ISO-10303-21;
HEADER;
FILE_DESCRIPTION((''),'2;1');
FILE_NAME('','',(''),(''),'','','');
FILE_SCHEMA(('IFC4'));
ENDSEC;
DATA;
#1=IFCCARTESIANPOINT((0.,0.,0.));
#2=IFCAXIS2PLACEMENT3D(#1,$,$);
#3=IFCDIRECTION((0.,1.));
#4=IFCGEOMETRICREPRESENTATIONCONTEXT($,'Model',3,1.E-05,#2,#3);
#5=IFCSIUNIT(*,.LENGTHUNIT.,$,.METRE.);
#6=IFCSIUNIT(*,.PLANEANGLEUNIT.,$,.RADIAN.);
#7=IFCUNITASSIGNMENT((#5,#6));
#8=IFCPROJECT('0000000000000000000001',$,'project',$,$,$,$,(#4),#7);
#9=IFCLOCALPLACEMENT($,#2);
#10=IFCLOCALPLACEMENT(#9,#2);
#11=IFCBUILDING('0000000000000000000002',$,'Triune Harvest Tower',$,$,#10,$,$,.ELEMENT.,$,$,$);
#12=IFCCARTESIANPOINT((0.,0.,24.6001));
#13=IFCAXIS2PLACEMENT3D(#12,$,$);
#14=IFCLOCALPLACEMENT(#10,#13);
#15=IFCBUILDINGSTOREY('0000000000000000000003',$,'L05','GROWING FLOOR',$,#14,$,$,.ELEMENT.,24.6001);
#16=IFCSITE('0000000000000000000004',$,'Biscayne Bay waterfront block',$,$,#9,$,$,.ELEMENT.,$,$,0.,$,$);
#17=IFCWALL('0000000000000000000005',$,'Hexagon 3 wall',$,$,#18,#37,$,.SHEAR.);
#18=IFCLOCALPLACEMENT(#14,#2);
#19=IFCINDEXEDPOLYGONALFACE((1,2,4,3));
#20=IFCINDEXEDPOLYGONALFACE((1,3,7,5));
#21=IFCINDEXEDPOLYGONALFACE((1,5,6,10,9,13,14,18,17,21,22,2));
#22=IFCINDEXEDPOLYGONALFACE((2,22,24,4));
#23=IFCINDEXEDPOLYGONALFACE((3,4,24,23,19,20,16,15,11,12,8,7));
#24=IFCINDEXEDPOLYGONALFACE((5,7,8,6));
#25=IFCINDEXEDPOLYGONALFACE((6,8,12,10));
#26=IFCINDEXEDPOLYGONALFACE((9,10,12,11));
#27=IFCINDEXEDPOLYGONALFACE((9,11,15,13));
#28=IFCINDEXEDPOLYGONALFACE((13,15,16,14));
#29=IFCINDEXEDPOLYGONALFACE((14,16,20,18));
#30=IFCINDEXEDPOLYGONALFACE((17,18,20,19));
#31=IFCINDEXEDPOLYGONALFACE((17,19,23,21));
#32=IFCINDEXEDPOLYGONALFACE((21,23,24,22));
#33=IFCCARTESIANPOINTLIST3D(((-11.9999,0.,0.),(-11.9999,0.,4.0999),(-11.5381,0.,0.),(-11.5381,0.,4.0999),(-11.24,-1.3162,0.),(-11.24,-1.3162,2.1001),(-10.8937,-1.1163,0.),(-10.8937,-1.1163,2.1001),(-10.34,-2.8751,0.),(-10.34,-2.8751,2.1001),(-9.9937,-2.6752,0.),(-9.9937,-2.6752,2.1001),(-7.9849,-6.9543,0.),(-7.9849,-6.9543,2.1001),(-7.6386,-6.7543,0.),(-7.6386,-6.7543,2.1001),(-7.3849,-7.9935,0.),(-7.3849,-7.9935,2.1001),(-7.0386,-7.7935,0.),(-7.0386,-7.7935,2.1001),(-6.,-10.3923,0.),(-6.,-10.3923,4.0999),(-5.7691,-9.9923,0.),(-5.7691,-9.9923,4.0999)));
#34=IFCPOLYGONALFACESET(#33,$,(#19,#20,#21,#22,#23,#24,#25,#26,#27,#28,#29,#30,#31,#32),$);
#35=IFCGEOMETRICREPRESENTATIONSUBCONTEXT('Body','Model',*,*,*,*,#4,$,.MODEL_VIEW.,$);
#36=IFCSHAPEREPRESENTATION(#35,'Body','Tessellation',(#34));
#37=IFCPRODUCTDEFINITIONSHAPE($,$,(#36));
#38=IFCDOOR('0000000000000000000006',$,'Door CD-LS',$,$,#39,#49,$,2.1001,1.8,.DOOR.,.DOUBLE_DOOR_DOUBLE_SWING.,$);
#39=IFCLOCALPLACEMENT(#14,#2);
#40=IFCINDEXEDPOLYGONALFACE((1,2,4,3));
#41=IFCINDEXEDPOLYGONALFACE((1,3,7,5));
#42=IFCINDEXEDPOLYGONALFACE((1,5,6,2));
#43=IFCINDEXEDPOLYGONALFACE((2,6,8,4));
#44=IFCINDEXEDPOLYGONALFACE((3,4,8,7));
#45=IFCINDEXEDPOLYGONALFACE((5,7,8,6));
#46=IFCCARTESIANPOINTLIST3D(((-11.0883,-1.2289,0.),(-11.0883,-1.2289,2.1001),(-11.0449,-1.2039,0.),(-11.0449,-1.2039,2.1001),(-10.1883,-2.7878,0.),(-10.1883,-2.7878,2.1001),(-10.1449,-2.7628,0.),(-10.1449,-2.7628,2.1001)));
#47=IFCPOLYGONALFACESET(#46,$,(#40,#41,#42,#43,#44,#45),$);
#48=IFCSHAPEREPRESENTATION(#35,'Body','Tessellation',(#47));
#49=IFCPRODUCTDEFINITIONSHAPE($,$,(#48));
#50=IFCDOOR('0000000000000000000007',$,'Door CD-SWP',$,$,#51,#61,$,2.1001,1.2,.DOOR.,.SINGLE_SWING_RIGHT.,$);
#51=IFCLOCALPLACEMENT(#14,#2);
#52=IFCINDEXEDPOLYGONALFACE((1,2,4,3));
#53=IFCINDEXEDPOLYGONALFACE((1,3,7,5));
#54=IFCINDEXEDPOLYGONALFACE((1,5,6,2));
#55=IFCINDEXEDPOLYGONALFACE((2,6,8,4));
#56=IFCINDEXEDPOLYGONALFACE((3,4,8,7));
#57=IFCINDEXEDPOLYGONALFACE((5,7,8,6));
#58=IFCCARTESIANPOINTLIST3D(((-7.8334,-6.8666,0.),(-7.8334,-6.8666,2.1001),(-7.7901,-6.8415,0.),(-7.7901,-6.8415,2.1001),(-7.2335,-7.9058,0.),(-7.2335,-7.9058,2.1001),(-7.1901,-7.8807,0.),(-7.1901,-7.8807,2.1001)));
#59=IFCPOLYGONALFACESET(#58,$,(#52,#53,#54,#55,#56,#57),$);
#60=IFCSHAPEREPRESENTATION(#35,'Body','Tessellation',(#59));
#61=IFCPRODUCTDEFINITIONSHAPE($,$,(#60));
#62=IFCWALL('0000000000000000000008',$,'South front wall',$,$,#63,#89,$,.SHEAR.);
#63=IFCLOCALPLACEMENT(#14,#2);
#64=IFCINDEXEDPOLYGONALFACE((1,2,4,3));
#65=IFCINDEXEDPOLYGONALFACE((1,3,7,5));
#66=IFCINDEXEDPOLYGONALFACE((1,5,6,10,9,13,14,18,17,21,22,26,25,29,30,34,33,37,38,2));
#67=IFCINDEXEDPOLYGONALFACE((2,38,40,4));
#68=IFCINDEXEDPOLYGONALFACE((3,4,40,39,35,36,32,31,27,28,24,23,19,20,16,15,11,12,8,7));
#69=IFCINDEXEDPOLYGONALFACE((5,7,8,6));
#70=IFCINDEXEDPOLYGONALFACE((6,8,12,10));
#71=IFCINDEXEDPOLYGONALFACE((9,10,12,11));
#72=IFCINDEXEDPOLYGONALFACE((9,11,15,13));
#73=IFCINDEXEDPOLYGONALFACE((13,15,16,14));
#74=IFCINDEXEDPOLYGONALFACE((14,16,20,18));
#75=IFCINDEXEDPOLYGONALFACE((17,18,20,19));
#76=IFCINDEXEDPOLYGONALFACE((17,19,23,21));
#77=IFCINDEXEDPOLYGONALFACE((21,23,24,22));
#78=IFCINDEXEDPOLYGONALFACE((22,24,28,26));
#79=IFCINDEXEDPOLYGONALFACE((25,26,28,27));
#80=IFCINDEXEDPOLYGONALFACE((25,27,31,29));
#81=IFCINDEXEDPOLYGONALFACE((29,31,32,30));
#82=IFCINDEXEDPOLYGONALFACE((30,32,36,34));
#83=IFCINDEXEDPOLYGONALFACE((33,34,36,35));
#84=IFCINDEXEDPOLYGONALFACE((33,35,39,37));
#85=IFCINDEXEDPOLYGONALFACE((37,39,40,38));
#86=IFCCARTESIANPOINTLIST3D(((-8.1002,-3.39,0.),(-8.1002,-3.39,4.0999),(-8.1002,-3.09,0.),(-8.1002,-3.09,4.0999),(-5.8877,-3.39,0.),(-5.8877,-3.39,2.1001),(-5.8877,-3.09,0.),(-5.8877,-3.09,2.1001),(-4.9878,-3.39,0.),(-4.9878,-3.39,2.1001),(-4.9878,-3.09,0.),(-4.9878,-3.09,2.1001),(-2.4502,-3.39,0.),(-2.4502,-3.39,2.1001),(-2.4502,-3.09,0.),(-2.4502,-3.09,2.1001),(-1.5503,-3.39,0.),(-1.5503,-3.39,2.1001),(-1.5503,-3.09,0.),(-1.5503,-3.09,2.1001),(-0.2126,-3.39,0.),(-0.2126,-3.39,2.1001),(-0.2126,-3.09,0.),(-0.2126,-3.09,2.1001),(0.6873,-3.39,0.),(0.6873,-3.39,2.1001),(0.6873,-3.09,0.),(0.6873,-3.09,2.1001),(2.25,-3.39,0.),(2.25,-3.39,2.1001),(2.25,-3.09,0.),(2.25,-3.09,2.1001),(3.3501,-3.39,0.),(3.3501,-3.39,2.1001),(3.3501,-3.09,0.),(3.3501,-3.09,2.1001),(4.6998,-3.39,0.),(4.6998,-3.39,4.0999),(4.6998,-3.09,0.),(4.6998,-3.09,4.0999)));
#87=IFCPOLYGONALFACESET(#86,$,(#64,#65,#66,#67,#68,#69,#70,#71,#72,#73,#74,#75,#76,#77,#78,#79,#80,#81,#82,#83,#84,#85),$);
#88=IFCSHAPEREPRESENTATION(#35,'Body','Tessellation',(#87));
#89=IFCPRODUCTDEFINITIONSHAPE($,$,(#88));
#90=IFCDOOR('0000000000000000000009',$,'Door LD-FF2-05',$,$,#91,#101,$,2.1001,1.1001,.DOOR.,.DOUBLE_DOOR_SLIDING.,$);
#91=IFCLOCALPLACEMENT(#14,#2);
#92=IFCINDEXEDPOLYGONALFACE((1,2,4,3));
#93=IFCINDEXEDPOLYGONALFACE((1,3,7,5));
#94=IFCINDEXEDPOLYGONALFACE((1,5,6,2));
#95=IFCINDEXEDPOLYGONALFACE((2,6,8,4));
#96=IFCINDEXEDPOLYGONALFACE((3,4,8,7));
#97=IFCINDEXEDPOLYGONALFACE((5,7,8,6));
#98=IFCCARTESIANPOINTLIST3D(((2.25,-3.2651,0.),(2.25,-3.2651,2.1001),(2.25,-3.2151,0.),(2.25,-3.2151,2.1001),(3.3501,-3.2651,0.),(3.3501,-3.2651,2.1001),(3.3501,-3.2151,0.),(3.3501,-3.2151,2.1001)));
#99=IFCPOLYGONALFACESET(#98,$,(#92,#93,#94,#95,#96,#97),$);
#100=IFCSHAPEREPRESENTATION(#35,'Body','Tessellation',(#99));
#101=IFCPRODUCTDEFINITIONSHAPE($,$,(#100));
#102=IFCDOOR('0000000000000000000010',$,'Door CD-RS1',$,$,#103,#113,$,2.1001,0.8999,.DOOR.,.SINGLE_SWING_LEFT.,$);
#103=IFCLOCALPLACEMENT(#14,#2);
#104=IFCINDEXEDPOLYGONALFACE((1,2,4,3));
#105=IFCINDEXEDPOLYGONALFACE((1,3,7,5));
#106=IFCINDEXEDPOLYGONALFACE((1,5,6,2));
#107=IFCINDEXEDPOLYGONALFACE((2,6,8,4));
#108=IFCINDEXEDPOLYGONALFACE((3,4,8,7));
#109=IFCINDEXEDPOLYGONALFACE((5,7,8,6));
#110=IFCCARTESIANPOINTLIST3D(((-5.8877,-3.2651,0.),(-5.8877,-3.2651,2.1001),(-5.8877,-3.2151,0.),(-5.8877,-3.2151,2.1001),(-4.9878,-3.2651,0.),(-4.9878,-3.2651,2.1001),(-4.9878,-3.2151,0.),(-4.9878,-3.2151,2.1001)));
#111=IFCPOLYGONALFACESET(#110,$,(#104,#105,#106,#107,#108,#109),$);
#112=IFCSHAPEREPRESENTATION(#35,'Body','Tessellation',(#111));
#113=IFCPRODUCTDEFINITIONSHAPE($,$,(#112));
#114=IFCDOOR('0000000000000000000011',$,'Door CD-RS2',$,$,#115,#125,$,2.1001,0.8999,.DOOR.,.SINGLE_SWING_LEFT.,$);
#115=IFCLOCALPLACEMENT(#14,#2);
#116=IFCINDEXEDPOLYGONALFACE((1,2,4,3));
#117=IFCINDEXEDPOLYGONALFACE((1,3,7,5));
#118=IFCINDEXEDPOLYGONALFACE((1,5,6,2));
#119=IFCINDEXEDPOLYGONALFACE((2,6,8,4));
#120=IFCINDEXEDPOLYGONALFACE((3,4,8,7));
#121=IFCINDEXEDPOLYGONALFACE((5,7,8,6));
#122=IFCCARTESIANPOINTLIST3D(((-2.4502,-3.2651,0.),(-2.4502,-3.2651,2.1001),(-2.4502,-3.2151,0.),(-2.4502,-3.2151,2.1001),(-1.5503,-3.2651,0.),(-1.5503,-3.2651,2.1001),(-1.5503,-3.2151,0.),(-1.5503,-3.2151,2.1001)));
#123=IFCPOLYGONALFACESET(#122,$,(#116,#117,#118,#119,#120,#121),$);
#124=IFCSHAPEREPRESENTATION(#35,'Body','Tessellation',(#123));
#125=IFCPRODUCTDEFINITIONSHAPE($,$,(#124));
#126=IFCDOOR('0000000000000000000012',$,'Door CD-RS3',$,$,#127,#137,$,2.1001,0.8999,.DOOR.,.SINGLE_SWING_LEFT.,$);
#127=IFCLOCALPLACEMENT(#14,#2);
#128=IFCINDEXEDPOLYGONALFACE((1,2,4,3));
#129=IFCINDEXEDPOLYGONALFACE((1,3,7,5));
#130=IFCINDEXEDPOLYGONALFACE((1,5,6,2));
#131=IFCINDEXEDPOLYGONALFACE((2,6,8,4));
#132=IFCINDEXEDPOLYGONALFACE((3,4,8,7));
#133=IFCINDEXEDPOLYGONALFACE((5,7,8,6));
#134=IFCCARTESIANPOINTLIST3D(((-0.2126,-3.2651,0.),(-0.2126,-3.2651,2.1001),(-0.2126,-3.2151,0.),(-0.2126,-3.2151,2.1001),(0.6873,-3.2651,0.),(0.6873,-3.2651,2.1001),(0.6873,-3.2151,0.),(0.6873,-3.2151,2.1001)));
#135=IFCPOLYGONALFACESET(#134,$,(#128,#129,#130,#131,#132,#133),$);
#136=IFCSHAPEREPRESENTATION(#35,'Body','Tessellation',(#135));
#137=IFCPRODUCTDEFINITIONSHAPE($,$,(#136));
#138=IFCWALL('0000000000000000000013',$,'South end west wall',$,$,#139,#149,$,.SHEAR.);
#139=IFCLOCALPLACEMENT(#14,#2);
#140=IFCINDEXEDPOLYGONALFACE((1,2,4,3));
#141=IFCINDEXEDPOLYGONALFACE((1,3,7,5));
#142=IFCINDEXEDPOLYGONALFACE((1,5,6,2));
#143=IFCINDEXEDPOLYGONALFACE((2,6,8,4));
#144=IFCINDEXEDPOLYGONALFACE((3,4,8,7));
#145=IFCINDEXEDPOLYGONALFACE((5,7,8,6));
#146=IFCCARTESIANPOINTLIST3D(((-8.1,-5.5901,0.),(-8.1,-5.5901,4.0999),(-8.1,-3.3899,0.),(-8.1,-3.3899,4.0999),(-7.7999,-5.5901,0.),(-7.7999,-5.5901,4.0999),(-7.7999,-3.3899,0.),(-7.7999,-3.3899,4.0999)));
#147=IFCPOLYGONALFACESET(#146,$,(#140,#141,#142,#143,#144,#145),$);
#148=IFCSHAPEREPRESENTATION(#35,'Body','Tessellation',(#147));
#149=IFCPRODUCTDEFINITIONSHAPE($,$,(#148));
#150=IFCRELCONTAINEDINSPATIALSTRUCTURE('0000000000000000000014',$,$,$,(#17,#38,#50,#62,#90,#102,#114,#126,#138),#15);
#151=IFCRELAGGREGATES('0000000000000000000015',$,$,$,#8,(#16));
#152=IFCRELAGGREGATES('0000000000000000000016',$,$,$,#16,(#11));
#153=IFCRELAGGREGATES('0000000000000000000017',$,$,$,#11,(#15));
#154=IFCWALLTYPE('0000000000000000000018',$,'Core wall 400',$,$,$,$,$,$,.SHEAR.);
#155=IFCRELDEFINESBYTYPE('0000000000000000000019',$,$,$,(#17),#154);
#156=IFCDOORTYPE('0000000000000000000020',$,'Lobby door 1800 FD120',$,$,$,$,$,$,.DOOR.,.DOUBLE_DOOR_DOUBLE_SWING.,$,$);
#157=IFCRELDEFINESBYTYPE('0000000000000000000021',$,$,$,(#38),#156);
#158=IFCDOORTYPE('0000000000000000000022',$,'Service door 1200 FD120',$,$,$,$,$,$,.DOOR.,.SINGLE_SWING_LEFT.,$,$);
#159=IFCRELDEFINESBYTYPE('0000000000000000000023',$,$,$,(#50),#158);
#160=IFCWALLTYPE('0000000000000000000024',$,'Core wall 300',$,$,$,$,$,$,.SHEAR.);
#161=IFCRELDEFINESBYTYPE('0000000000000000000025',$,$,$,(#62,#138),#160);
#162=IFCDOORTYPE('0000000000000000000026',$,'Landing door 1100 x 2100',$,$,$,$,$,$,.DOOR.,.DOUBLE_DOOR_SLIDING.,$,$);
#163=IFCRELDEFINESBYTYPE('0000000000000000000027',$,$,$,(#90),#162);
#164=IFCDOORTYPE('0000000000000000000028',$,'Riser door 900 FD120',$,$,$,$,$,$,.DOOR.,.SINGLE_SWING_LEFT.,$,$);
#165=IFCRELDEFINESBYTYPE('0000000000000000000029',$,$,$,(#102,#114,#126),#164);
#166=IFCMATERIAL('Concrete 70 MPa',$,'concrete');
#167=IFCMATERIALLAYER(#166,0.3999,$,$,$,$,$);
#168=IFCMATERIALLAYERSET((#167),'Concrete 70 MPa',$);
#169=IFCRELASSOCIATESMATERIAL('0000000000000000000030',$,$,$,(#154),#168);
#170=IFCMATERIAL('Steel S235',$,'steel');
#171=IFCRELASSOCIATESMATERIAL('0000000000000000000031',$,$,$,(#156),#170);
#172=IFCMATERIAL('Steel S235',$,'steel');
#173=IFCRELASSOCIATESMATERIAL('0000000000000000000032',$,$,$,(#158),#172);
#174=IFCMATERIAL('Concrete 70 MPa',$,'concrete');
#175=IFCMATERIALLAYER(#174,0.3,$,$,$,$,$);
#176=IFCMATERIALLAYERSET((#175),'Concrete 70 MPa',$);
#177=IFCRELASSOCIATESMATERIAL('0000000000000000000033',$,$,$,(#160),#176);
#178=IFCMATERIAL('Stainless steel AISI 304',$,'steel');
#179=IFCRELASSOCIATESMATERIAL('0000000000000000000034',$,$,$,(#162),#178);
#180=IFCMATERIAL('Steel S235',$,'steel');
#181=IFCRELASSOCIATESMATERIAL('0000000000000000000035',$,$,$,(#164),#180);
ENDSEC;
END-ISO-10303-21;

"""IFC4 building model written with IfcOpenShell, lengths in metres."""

from ifc_helpers import new_model, si_unit, direction, frame, frame_2d, origin, place, context, subcontext, project, spatial, polyline, rectangle, outline, extrude, source, transform, mapped, material, layer, layer_set, type_object, element, fill, save


model = new_model("IFC4")

# Units and contexts
model_context = context("Model", 3, precision=1e-05, world=origin(), true_north=direction((0.0, 1.0)))
body_context = subcontext(model_context, "Body", "Model", "MODEL_VIEW")
ifc_project = project(units=[si_unit("LENGTHUNIT", "METRE"), si_unit("PLANEANGLEUNIT", "RADIAN")], contexts=[model_context])

# Site, building, storey
site_placement = place(None, origin())
site = spatial("IfcSite", under=ifc_project, at=site_placement, Name="Biscayne Bay waterfront block", CompositionType="ELEMENT", RefElevation=0.0)
building_placement = place(site_placement, origin())
building = spatial("IfcBuilding", under=site, at=building_placement, Name="Triune Harvest Tower", CompositionType="ELEMENT")
storey_placement = place(building_placement, frame((0.0, 0.0, 24.6001)))
storey = spatial("IfcBuildingStorey", under=building, at=storey_placement, Name="L05", Description="GROWING FLOOR", CompositionType="ELEMENT", Elevation=24.6001)

# Walls, openings, doors
ifc_material_1 = material(Name="Concrete 70 MPa", Category="concrete")
ifc_layer_1 = layer(ifc_material_1, 0.3999)
ifc_layer_set_1 = layer_set([ifc_layer_1], Name="Concrete 70 MPa")
wall_type_1 = type_object("IfcWallType", Name="Core wall 400", PredefinedType="SHEAR", material=ifc_layer_set_1)
shared_shape_1 = source(origin(), body_context, "Body", "SweptSolid", [
    extrude(outline(polyline([(-0.1155, -0.2), (11.8845, -0.2), (11.6536, 0.2), (0.1155, 0.2), (-0.1155, -0.2)])), origin(), (0.0, 0.0, 1.0), 4.0999),
])
wall_1_placement = place(storey_placement, frame((-11.769, 0.0, 0.0), z_axis=(0.0, 0.0, 1.0), x_axis=(0.499997, -0.866027, 0.0)))
wall_1 = element("IfcWall", 1, at=wall_1_placement, inside=storey, type_object=wall_type_1, Name="Hexagon 3 wall", PredefinedType="SHEAR", context=body_context, shape_type="MappedRepresentation", body=[
    mapped(shared_shape_1, transform((0.0, 0.0, 0.0), scale=1.0)),
])
opening_1_placement = place(wall_1_placement, frame((1.4045, 0.0, 0.0)))
opening_1 = element("IfcOpeningElement", 2, at=opening_1_placement, cuts=wall_1, PredefinedType="OPENING", context=body_context, shape_type="SweptSolid", body=[
    extrude(rectangle(XDim=1.8, YDim=2.1001, at=frame_2d((0.8999, 1.05))), frame((0.0, 0.21, 0.0), z_axis=(0.0, -1.0, 0.0), x_axis=(1.0, 0.0, 0.0)), (0.0, 0.0, 1.0), 0.4199),
])
opening_2_placement = place(wall_1_placement, frame((7.9146, 0.0, 0.0)))
opening_2 = element("IfcOpeningElement", 3, at=opening_2_placement, cuts=wall_1, PredefinedType="OPENING", context=body_context, shape_type="SweptSolid", body=[
    extrude(rectangle(XDim=1.2, YDim=2.1001, at=frame_2d((0.6001, 1.05))), frame((0.0, 0.21, 0.0), z_axis=(0.0, -1.0, 0.0), x_axis=(1.0, 0.0, 0.0)), (0.0, 0.0, 1.0), 0.4199),
])
ifc_material_2 = material(Name="Steel S235", Category="steel")
door_type_1 = type_object("IfcDoorType", Name="Lobby door 1800 FD120", OperationType="DOUBLE_DOOR_DOUBLE_SWING", PredefinedType="DOOR", material=ifc_material_2)
door_1_placement = place(opening_1_placement, frame((1.8, 0.0, 0.0), z_axis=(0.0, 0.0, 1.0), x_axis=(-1.0, 0.0, 0.0)))
door_1 = element("IfcDoor", 4, at=door_1_placement, inside=storey, type_object=door_type_1, Name="Door CD-LS", OperationType="DOUBLE_DOOR_DOUBLE_SWING", OverallHeight=2.1001, OverallWidth=1.8, PredefinedType="DOOR", context=body_context, shape_type="SweptSolid", body=[
    extrude(rectangle(XDim=1.8, YDim=2.1001, at=frame_2d((0.8999, 1.05))), frame((0.0, 0.0249, 0.0), z_axis=(0.0, -1.0, 0.0), x_axis=(1.0, 0.0, 0.0)), (0.0, 0.0, 1.0), 0.05),
])
fill(opening_1, door_1)
ifc_material_3 = material(Name="Steel S235", Category="steel")
door_type_2 = type_object("IfcDoorType", Name="Service door 1200 FD120", OperationType="SINGLE_SWING_LEFT", PredefinedType="DOOR", material=ifc_material_3)
door_2_placement = place(opening_2_placement, frame((1.2, 0.0, 0.0), z_axis=(0.0, 0.0, 1.0), x_axis=(-1.0, 0.0, 0.0)))
door_2 = element("IfcDoor", 5, at=door_2_placement, inside=storey, type_object=door_type_2, Name="Door CD-SWP", OperationType="SINGLE_SWING_RIGHT", OverallHeight=2.1001, OverallWidth=1.2, PredefinedType="DOOR", context=body_context, shape_type="SweptSolid", body=[
    extrude(rectangle(XDim=1.2, YDim=2.1001, at=frame_2d((0.6001, 1.05))), frame((0.0, 0.0249, 0.0), z_axis=(0.0, -1.0, 0.0), x_axis=(1.0, 0.0, 0.0)), (0.0, 0.0, 1.0), 0.05),
])
fill(opening_2, door_2)
ifc_material_4 = material(Name="Concrete 70 MPa", Category="concrete")
ifc_layer_2 = layer(ifc_material_4, 0.3)
ifc_layer_set_2 = layer_set([ifc_layer_2], Name="Concrete 70 MPa")
wall_type_2 = type_object("IfcWallType", Name="Core wall 300", PredefinedType="SHEAR", material=ifc_layer_set_2)
shared_shape_2 = source(origin(), body_context, "Body", "SweptSolid", [
    extrude(rectangle(XDim=12.8, YDim=0.3, at=frame_2d((6.3999, 0.0))), origin(), (0.0, 0.0, 1.0), 4.0999),
])
wall_2_placement = place(storey_placement, frame((-8.1001, -3.24, 0.0), z_axis=(0.0, 0.0, 1.0), x_axis=(1.0, 0.0, 0.0)))
wall_2 = element("IfcWall", 6, at=wall_2_placement, inside=storey, type_object=wall_type_2, Name="South front wall", PredefinedType="SHEAR", context=body_context, shape_type="MappedRepresentation", body=[
    mapped(shared_shape_2, transform((0.0, 0.0, 0.0), scale=1.0)),
])
opening_3_placement = place(wall_2_placement, frame((2.2124, 0.0, 0.0)))
opening_3 = element("IfcOpeningElement", 7, at=opening_3_placement, cuts=wall_2, PredefinedType="OPENING", context=body_context, shape_type="SweptSolid", body=[
    extrude(rectangle(XDim=0.8999, YDim=2.1001, at=frame_2d((0.45, 1.05))), frame((0.0, 0.1602, 0.0), z_axis=(0.0, -1.0, 0.0), x_axis=(1.0, 0.0, 0.0)), (0.0, 0.0, 1.0), 0.3201),
])
opening_4_placement = place(wall_2_placement, frame((5.6499, 0.0, 0.0)))
opening_4 = element("IfcOpeningElement", 8, at=opening_4_placement, cuts=wall_2, PredefinedType="OPENING", context=body_context, shape_type="SweptSolid", body=[
    extrude(rectangle(XDim=0.8999, YDim=2.1001, at=frame_2d((0.45, 1.05))), frame((0.0, 0.1602, 0.0), z_axis=(0.0, -1.0, 0.0), x_axis=(1.0, 0.0, 0.0)), (0.0, 0.0, 1.0), 0.3201),
])
opening_5_placement = place(wall_2_placement, frame((7.8875, 0.0, 0.0)))
opening_5 = element("IfcOpeningElement", 9, at=opening_5_placement, cuts=wall_2, PredefinedType="OPENING", context=body_context, shape_type="SweptSolid", body=[
    extrude(rectangle(XDim=0.8999, YDim=2.1001, at=frame_2d((0.45, 1.05))), frame((0.0, 0.1602, 0.0), z_axis=(0.0, -1.0, 0.0), x_axis=(1.0, 0.0, 0.0)), (0.0, 0.0, 1.0), 0.3201),
])
opening_6_placement = place(wall_2_placement, frame((10.3501, 0.0, 0.0)))
opening_6 = element("IfcOpeningElement", 10, at=opening_6_placement, cuts=wall_2, PredefinedType="OPENING", context=body_context, shape_type="SweptSolid", body=[
    extrude(rectangle(XDim=1.1001, YDim=2.1001, at=frame_2d((0.55, 1.05))), frame((0.0, 0.1602, 0.0), z_axis=(0.0, -1.0, 0.0), x_axis=(1.0, 0.0, 0.0)), (0.0, 0.0, 1.0), 0.3201),
])
ifc_material_5 = material(Name="Stainless steel AISI 304", Category="steel")
door_type_3 = type_object("IfcDoorType", Name="Landing door 1100 x 2100", OperationType="DOUBLE_DOOR_SLIDING", PredefinedType="DOOR", material=ifc_material_5)
door_3_placement = place(opening_6_placement, origin())
door_3 = element("IfcDoor", 11, at=door_3_placement, inside=storey, type_object=door_type_3, Name="Door LD-FF2-05", OperationType="DOUBLE_DOOR_SLIDING", OverallHeight=2.1001, OverallWidth=1.1001, PredefinedType="DOOR", context=body_context, shape_type="SweptSolid", body=[
    extrude(rectangle(XDim=1.1001, YDim=2.1001, at=frame_2d((0.55, 1.05))), frame((0.0, 0.0249, 0.0), z_axis=(0.0, -1.0, 0.0), x_axis=(1.0, 0.0, 0.0)), (0.0, 0.0, 1.0), 0.05),
])
fill(opening_6, door_3)
ifc_material_6 = material(Name="Steel S235", Category="steel")
door_type_4 = type_object("IfcDoorType", Name="Riser door 900 FD120", OperationType="SINGLE_SWING_LEFT", PredefinedType="DOOR", material=ifc_material_6)
door_4_placement = place(opening_3_placement, origin())
door_4 = element("IfcDoor", 12, at=door_4_placement, inside=storey, type_object=door_type_4, Name="Door CD-RS1", OperationType="SINGLE_SWING_LEFT", OverallHeight=2.1001, OverallWidth=0.8999, PredefinedType="DOOR", context=body_context, shape_type="SweptSolid", body=[
    extrude(rectangle(XDim=0.8999, YDim=2.1001, at=frame_2d((0.45, 1.05))), frame((0.0, 0.0249, 0.0), z_axis=(0.0, -1.0, 0.0), x_axis=(1.0, 0.0, 0.0)), (0.0, 0.0, 1.0), 0.05),
])
fill(opening_3, door_4)
door_5_placement = place(opening_4_placement, origin())
door_5 = element("IfcDoor", 13, at=door_5_placement, inside=storey, type_object=door_type_4, Name="Door CD-RS2", OperationType="SINGLE_SWING_LEFT", OverallHeight=2.1001, OverallWidth=0.8999, PredefinedType="DOOR", context=body_context, shape_type="SweptSolid", body=[
    extrude(rectangle(XDim=0.8999, YDim=2.1001, at=frame_2d((0.45, 1.05))), frame((0.0, 0.0249, 0.0), z_axis=(0.0, -1.0, 0.0), x_axis=(1.0, 0.0, 0.0)), (0.0, 0.0, 1.0), 0.05),
])
fill(opening_4, door_5)
door_6_placement = place(opening_5_placement, origin())
door_6 = element("IfcDoor", 14, at=door_6_placement, inside=storey, type_object=door_type_4, Name="Door CD-RS3", OperationType="SINGLE_SWING_LEFT", OverallHeight=2.1001, OverallWidth=0.8999, PredefinedType="DOOR", context=body_context, shape_type="SweptSolid", body=[
    extrude(rectangle(XDim=0.8999, YDim=2.1001, at=frame_2d((0.45, 1.05))), frame((0.0, 0.0249, 0.0), z_axis=(0.0, -1.0, 0.0), x_axis=(1.0, 0.0, 0.0)), (0.0, 0.0, 1.0), 0.05),
])
fill(opening_5, door_6)

# Wall
shared_shape_3 = source(origin(), body_context, "Body", "SweptSolid", [
    extrude(rectangle(XDim=2.2002, YDim=0.3, at=frame_2d((1.1001, 0.0))), origin(), (0.0, 0.0, 1.0), 4.0999),
])
wall_3_placement = place(storey_placement, frame((-7.95, -5.5901, 0.0), z_axis=(0.0, 0.0, 1.0), x_axis=(0.0, 1.0, 0.0)))
element("IfcWall", 15, at=wall_3_placement, inside=storey, type_object=wall_type_2, Name="South end west wall", PredefinedType="SHEAR", context=body_context, shape_type="MappedRepresentation", body=[
    mapped(shared_shape_3, transform((0.0, 0.0, 0.0), scale=1.0)),
])

save(model, "model.ifc")
